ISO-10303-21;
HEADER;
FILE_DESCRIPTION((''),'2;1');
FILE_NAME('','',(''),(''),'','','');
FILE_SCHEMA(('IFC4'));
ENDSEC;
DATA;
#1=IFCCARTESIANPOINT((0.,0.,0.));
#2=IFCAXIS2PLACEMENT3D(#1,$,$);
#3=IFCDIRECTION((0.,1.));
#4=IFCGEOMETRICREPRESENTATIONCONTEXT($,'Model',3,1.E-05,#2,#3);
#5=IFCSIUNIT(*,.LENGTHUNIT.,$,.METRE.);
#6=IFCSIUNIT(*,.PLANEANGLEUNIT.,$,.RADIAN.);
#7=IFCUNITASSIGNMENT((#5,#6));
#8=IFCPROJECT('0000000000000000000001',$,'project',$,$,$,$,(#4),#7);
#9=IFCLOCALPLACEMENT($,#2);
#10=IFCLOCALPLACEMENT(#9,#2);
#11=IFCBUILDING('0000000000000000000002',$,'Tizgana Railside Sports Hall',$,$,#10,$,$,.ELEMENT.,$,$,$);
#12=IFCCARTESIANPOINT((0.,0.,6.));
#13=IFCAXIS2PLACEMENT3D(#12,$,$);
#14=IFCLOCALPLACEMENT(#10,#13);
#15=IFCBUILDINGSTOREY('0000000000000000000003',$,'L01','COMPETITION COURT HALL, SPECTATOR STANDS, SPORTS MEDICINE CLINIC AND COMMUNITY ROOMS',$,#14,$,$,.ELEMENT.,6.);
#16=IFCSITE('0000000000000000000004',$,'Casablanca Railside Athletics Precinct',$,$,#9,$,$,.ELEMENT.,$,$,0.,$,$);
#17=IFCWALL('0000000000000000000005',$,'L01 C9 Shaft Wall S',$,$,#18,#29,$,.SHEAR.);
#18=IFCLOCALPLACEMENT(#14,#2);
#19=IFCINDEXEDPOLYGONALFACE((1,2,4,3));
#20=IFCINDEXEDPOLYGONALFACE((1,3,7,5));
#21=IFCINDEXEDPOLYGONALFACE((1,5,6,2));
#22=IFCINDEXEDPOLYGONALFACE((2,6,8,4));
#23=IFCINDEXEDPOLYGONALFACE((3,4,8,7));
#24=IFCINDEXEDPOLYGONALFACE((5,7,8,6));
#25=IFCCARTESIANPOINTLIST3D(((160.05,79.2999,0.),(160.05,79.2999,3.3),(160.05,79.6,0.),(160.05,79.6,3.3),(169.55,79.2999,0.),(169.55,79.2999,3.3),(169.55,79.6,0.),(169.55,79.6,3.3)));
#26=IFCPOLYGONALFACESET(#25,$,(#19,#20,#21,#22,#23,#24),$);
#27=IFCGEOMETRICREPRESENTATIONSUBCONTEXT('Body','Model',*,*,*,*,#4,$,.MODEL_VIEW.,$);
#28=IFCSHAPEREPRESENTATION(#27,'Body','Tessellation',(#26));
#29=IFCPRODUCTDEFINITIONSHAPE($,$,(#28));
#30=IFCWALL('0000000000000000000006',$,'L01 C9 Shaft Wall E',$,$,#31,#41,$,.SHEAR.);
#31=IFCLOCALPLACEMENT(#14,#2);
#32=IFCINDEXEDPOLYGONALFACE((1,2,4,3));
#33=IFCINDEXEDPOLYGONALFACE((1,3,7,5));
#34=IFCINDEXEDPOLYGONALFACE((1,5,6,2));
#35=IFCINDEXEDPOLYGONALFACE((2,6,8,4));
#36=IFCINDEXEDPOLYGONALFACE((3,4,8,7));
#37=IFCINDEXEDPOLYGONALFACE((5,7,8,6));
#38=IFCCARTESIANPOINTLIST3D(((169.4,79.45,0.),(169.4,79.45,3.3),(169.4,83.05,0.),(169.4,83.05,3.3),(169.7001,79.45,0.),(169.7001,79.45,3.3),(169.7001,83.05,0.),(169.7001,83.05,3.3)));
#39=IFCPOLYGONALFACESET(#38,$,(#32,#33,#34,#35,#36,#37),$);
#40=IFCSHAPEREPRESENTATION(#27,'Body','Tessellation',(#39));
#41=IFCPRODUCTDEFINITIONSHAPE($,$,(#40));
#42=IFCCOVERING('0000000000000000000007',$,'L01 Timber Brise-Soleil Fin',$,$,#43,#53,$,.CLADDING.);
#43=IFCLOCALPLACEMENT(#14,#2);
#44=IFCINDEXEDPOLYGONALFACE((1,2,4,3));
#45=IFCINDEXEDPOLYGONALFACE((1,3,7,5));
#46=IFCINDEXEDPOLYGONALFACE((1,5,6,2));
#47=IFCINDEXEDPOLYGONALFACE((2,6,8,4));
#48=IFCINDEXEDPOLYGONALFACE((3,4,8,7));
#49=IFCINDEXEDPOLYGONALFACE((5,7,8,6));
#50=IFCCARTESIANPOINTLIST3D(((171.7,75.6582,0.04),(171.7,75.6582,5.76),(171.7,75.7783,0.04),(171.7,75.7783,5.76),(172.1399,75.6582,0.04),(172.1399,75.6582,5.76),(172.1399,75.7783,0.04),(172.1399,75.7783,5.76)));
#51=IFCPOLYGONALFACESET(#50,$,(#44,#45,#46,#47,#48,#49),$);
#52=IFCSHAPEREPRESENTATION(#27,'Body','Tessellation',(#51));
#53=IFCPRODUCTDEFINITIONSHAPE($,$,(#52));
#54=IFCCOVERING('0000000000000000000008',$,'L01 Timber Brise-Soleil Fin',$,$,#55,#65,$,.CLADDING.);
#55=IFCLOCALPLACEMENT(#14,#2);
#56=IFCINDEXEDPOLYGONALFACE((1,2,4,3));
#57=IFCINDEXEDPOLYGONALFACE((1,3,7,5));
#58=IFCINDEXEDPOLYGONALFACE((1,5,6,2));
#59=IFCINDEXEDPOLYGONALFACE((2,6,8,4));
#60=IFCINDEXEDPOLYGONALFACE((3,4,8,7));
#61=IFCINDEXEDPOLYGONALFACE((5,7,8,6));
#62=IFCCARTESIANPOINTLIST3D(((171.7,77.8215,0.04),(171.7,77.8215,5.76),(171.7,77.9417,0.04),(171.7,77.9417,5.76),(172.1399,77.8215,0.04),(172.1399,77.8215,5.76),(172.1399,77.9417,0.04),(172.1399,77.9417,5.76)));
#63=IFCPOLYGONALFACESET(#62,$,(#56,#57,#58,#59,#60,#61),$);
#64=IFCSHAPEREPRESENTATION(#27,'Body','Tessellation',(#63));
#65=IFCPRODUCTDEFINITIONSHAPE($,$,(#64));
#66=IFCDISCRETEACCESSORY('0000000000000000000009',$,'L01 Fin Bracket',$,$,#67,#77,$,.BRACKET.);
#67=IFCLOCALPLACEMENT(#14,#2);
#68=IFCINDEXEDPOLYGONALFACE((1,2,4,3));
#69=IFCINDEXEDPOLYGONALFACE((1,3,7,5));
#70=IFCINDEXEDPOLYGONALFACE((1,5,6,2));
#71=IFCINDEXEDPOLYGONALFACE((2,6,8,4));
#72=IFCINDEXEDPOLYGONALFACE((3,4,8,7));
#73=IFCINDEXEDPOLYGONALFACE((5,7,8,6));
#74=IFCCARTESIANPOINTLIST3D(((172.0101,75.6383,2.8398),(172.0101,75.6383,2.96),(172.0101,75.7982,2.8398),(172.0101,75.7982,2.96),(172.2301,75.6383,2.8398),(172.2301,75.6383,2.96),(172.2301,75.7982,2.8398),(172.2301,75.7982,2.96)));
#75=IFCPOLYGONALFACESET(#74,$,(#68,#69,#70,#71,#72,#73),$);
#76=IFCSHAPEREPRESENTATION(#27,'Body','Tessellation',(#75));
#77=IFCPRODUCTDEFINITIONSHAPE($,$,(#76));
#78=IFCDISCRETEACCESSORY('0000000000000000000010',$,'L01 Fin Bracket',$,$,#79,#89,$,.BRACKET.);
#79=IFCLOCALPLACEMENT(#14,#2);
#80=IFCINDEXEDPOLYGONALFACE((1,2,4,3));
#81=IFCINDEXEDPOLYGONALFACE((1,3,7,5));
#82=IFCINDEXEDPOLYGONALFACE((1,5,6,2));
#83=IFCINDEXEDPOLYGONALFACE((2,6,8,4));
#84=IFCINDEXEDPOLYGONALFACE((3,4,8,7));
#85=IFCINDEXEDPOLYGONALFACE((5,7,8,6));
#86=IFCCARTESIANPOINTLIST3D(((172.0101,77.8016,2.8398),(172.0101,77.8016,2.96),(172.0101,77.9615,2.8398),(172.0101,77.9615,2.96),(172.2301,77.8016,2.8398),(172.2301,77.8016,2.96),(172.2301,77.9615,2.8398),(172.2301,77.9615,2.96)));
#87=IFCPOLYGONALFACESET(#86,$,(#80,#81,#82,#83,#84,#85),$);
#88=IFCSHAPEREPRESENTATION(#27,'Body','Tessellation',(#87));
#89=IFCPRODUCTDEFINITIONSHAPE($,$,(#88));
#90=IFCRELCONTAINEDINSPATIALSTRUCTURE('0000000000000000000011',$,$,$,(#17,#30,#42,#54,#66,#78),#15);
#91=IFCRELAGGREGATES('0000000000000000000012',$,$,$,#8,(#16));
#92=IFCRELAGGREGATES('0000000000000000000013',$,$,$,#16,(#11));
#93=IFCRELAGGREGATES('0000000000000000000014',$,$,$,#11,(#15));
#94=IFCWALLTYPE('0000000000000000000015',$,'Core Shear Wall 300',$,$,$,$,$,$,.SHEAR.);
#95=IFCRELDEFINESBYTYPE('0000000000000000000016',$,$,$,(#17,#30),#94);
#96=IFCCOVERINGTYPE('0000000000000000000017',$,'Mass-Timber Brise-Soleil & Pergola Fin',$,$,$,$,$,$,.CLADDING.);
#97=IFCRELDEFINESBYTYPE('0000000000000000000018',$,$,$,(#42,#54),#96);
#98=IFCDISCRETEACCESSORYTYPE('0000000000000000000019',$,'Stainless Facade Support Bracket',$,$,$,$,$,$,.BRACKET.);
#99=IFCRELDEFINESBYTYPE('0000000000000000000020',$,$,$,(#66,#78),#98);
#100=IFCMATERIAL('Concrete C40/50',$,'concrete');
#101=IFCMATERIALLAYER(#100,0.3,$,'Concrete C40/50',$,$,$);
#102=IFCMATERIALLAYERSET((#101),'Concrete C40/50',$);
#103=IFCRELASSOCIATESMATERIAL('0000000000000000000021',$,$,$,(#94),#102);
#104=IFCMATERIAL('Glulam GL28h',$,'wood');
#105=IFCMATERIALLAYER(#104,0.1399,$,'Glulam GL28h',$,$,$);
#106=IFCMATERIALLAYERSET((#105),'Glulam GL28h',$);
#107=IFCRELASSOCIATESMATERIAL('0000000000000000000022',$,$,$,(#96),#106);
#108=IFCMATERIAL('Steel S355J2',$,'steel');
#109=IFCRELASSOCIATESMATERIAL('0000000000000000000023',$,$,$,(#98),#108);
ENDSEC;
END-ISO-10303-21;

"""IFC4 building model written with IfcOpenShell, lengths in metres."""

from ifc_helpers import new_model, si_unit, direction, frame, frame_2d, origin, origin_2d, place, context, subcontext, project, spatial, rectangle, extrude, material, layer, layer_set, type_object, element, save


model = new_model("IFC4")

# Units and contexts
model_context = context("Model", 3, precision=1e-05, world=origin(), true_north=direction((0.0, 1.0)))
body_context = subcontext(model_context, "Body", "Model", "MODEL_VIEW")
ifc_project = project(units=[si_unit("LENGTHUNIT", "METRE"), si_unit("PLANEANGLEUNIT", "RADIAN")], contexts=[model_context])

# Site, building, storey
site_placement = place(None, origin())
site = spatial("IfcSite", under=ifc_project, at=site_placement, Name="Casablanca Railside Athletics Precinct", CompositionType="ELEMENT", RefElevation=0.0)
building_placement = place(site_placement, origin())
building = spatial("IfcBuilding", under=site, at=building_placement, Name="Tizgana Railside Sports Hall", CompositionType="ELEMENT")
storey_placement = place(building_placement, frame((0.0, 0.0, 6.0)))
storey = spatial("IfcBuildingStorey", under=building, at=storey_placement, Name="L01", Description="COMPETITION COURT HALL, SPECTATOR STANDS, SPORTS MEDICINE CLINIC AND COMMUNITY ROOMS", CompositionType="ELEMENT", Elevation=6.0)

# Shared definitions
ifc_material_1 = material(Name="Concrete C40/50", Category="concrete")

# Walls
ifc_layer_1 = layer(ifc_material_1, 0.3, Name="Concrete C40/50")
ifc_layer_set_1 = layer_set([ifc_layer_1], Name="Concrete C40/50")
wall_type = type_object("IfcWallType", Name="Core Shear Wall 300", PredefinedType="SHEAR", material=ifc_layer_set_1)
wall_1_placement = place(storey_placement, frame((169.55, 79.45, 0.0), z_axis=(0.0, 0.0, 1.0), x_axis=(-1.0, 0.0, 0.0)))
element("IfcWall", 1, at=wall_1_placement, inside=storey, type_object=wall_type, Name="L01 C9 Shaft Wall S", PredefinedType="SHEAR", context=body_context, shape_type="SweptSolid", body=[
    extrude(rectangle(XDim=9.5, YDim=0.3, at=frame_2d((4.75, 0.0))), origin(), (0.0, 0.0, 1.0), 3.3),
])
wall_2_placement = place(storey_placement, frame((169.55, 79.45, 0.0), z_axis=(0.0, 0.0, 1.0), x_axis=(0.0, 1.0, 0.0)))
element("IfcWall", 2, at=wall_2_placement, inside=storey, type_object=wall_type, Name="L01 C9 Shaft Wall E", PredefinedType="SHEAR", context=body_context, shape_type="SweptSolid", body=[
    extrude(rectangle(XDim=3.6001, YDim=0.3, at=frame_2d((1.8, 0.0))), origin(), (0.0, 0.0, 1.0), 3.3),
])

# Coverings
ifc_material_2 = material(Name="Glulam GL28h", Category="wood")
ifc_layer_2 = layer(ifc_material_2, 0.1399, Name="Glulam GL28h")
ifc_layer_set_2 = layer_set([ifc_layer_2], Name="Glulam GL28h")
covering_type = type_object("IfcCoveringType", Name="Mass-Timber Brise-Soleil & Pergola Fin", PredefinedType="CLADDING", material=ifc_layer_set_2)
for number, where, z_axis, x_axis, name in (
    (3, (171.9199, 75.7183, 0.04), (0.0, 0.0, 1.0), (0.0, 1.0, 0.0), "L01 Timber Brise-Soleil Fin"),
    (4, (171.9199, 77.8816, 0.04), (0.0, 0.0, 1.0), (0.0, 1.0, 0.0), "L01 Timber Brise-Soleil Fin"),
):
    element("IfcCovering", number, at=place(storey_placement, frame(where, z_axis=z_axis, x_axis=x_axis)), inside=storey, type_object=covering_type, Name=name, PredefinedType="CLADDING", context=body_context, shape_type="SweptSolid", body=[
        extrude(rectangle(XDim=0.1201, YDim=0.4399, at=origin_2d()), origin(), (0.0, 0.0, 1.0), 5.72),
    ])

# Discrete accessories
ifc_material_3 = material(Name="Steel S355J2", Category="steel")
discrete_accessory_type = type_object("IfcDiscreteAccessoryType", Name="Stainless Facade Support Bracket", PredefinedType="BRACKET", material=ifc_material_3)
for number, where, z_axis, x_axis, name in (
    (5, (172.1201, 75.7183, 2.8398), (0.0, 0.0, 1.0), (0.0, 1.0, 0.0), "L01 Fin Bracket"),
    (6, (172.1201, 77.8816, 2.8398), (0.0, 0.0, 1.0), (0.0, 1.0, 0.0), "L01 Fin Bracket"),
):
    element("IfcDiscreteAccessory", number, at=place(storey_placement, frame(where, z_axis=z_axis, x_axis=x_axis)), inside=storey, type_object=discrete_accessory_type, Name=name, PredefinedType="BRACKET", context=body_context, shape_type="SweptSolid", body=[
        extrude(rectangle(XDim=0.1599, YDim=0.22, at=origin_2d()), origin(), (0.0, 0.0, 1.0), 0.1201),
    ])

save(model, "model.ifc")
